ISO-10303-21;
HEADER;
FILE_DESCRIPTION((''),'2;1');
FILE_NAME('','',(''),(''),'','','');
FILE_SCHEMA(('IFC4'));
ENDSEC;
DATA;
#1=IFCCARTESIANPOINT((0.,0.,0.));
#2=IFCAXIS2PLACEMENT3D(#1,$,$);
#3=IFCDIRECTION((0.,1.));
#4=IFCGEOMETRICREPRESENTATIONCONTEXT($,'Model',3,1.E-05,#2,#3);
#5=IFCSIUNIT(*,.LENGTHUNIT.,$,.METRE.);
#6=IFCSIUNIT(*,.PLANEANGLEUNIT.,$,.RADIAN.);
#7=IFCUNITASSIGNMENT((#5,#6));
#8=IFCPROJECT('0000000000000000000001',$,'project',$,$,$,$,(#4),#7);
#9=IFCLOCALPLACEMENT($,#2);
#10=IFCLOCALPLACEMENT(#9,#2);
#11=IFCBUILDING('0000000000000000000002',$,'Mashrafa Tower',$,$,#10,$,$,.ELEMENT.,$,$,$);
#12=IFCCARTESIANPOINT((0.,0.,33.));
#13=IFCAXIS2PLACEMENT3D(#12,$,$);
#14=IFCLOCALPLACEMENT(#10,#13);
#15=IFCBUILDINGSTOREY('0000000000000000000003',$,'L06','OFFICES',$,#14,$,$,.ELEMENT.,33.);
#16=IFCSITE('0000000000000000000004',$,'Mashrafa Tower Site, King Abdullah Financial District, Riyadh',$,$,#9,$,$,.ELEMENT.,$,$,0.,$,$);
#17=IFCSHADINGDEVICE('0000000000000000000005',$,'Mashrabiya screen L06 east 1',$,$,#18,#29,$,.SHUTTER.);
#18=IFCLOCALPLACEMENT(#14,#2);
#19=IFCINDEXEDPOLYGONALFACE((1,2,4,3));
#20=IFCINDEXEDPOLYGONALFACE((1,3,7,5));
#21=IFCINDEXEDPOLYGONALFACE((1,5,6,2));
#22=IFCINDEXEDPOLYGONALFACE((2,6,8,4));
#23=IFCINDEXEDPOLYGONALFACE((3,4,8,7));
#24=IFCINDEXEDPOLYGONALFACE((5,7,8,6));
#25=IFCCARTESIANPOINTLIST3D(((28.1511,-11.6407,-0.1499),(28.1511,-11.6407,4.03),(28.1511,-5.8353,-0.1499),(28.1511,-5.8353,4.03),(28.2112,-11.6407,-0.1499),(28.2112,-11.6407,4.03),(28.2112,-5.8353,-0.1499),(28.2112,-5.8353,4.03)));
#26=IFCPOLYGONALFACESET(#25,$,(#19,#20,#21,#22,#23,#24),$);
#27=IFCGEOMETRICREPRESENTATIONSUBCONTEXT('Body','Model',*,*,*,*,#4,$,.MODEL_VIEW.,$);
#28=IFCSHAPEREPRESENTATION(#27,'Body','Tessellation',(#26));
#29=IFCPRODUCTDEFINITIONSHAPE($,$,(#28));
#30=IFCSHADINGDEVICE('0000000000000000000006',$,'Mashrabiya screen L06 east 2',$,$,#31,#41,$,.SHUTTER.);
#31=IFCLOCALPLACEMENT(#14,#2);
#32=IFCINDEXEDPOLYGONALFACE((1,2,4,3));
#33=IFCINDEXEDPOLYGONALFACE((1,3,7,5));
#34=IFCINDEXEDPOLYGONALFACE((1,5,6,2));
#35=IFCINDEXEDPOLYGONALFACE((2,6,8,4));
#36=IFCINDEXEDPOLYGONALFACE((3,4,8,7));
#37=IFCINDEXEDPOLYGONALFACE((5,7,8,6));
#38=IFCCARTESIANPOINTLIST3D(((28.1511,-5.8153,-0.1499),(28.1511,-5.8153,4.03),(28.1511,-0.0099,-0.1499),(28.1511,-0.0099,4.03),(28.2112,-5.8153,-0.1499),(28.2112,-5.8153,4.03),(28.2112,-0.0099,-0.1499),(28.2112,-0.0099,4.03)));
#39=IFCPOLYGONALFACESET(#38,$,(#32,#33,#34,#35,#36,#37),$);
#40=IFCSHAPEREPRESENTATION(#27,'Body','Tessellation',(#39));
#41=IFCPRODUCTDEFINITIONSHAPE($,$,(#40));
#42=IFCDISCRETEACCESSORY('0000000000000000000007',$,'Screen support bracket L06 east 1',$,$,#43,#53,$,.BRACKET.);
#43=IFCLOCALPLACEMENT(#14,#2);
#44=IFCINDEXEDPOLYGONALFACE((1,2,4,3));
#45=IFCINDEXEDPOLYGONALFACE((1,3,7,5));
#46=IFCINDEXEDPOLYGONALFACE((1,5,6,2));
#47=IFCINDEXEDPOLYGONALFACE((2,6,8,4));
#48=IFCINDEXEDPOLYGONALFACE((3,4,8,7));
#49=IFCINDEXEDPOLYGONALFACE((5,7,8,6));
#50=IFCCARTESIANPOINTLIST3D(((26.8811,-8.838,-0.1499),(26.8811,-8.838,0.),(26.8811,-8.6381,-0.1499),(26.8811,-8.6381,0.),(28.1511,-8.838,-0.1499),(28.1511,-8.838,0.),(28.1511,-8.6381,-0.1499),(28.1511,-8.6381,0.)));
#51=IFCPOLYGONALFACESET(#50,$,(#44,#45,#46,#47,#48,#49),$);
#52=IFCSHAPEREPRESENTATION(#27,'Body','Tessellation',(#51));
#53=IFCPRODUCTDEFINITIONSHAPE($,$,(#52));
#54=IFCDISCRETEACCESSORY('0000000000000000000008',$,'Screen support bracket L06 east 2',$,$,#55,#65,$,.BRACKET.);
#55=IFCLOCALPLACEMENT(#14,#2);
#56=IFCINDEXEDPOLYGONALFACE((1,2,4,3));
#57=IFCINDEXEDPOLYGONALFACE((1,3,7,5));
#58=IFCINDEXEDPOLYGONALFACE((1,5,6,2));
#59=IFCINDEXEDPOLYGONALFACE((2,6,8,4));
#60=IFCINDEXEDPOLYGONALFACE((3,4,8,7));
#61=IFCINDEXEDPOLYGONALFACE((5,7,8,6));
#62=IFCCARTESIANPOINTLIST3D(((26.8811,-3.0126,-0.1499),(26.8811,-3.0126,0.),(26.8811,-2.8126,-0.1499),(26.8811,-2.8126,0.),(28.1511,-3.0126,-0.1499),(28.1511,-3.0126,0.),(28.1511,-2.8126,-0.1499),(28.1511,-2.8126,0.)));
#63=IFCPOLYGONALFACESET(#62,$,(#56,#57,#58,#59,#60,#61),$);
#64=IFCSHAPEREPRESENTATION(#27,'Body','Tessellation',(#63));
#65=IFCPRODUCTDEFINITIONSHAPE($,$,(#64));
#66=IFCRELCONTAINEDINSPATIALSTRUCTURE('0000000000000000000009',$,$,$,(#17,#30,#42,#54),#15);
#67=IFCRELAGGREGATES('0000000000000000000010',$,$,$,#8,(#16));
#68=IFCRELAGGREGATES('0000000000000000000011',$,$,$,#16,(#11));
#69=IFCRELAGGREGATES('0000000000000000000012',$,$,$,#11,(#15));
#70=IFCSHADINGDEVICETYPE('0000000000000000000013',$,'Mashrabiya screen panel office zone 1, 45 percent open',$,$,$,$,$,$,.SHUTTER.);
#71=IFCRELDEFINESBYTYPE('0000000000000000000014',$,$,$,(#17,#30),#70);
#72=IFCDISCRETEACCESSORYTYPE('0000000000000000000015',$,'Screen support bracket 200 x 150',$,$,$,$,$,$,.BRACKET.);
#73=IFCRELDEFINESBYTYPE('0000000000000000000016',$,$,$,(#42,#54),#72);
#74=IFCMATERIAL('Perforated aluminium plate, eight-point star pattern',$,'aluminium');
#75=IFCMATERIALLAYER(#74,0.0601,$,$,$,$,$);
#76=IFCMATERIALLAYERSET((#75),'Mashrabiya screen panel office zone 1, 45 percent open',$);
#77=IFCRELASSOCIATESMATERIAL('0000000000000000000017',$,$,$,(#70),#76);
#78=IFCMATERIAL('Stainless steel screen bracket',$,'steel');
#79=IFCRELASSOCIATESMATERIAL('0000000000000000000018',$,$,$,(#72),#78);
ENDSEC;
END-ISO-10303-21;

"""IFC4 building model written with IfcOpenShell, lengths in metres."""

from ifc_helpers import new_model, si_unit, direction, frame, origin, origin_2d, place, context, subcontext, project, spatial, rectangle, extrude, source, transform, mapped, material, layer, layer_set, type_object, type_shapes, element, save


model = new_model("IFC4")

# Units and contexts
model_context = context("Model", 3, precision=1e-05, world=origin(), true_north=direction((0.0, 1.0)))
body_context = subcontext(model_context, "Body", "Model", "MODEL_VIEW")
ifc_project = project(units=[si_unit("LENGTHUNIT", "METRE"), si_unit("PLANEANGLEUNIT", "RADIAN")], contexts=[model_context])

# Site, building, storey
site_placement = place(None, origin())
site = spatial("IfcSite", under=ifc_project, at=site_placement, Name="Mashrafa Tower Site, King Abdullah Financial District, Riyadh", CompositionType="ELEMENT", RefElevation=0.0)
building_placement = place(site_placement, origin())
building = spatial("IfcBuilding", under=site, at=building_placement, Name="Mashrafa Tower", CompositionType="ELEMENT")
storey_placement = place(building_placement, frame((0.0, 0.0, 33.0)))
storey = spatial("IfcBuildingStorey", under=building, at=storey_placement, Name="L06", Description="OFFICES", CompositionType="ELEMENT", Elevation=33.0)

# Shading devices
ifc_material_1 = material(Name="Perforated aluminium plate, eight-point star pattern", Category="aluminium")
ifc_layer_1 = layer(ifc_material_1, 0.0601)
ifc_layer_set_1 = layer_set([ifc_layer_1], Name="Mashrabiya screen panel office zone 1, 45 percent open")
shading_device_type = type_object("IfcShadingDeviceType", Name="Mashrabiya screen panel office zone 1, 45 percent open", PredefinedType="SHUTTER", material=ifc_layer_set_1)
shared_shape_1 = source(origin(), body_context, "Body", "SweptSolid", [
    extrude(rectangle(XDim=5.8054, YDim=0.0601, at=origin_2d()), origin(), (0.0, 0.0, 1.0), 4.1799),
])
type_shapes(shading_device_type, [shared_shape_1])
for number, where, z_axis, x_axis, name in (
    (1, (28.1812, -8.738, -0.1499), (0.0, 0.0, 1.0), (0.0, 1.0, 0.0), "Mashrabiya screen L06 east 1"),
    (2, (28.1812, -2.9126, -0.1499), (0.0, 0.0, 1.0), (0.0, 1.0, 0.0), "Mashrabiya screen L06 east 2"),
):
    element("IfcShadingDevice", number, at=place(storey_placement, frame(where, z_axis=z_axis, x_axis=x_axis)), inside=storey, type_object=shading_device_type, Name=name, PredefinedType="SHUTTER", context=body_context, shape_type="MappedRepresentation", body=[
        mapped(shared_shape_1, transform((0.0, 0.0, 0.0))),
    ])

# Discrete accessories
ifc_material_2 = material(Name="Stainless steel screen bracket", Category="steel")
discrete_accessory_type = type_object("IfcDiscreteAccessoryType", Name="Screen support bracket 200 x 150", PredefinedType="BRACKET", material=ifc_material_2)
shared_shape_2 = source(origin(), body_context, "Body", "SweptSolid", [
    extrude(rectangle(XDim=0.2, YDim=1.27, at=origin_2d()), origin(), (0.0, 0.0, 1.0), 0.1499),
])
type_shapes(discrete_accessory_type, [shared_shape_2])
for number, where, z_axis, x_axis, name in (
    (3, (27.5161, -8.738, -0.1499), (0.0, 0.0, 1.0), (0.0, 1.0, 0.0), "Screen support bracket L06 east 1"),
    (4, (27.5161, -2.9126, -0.1499), (0.0, 0.0, 1.0), (0.0, 1.0, 0.0), "Screen support bracket L06 east 2"),
):
    element("IfcDiscreteAccessory", number, at=place(storey_placement, frame(where, z_axis=z_axis, x_axis=x_axis)), inside=storey, type_object=discrete_accessory_type, Name=name, PredefinedType="BRACKET", context=body_context, shape_type="MappedRepresentation", body=[
        mapped(shared_shape_2, transform((0.0, 0.0, 0.0))),
    ])

save(model, "model.ifc")
